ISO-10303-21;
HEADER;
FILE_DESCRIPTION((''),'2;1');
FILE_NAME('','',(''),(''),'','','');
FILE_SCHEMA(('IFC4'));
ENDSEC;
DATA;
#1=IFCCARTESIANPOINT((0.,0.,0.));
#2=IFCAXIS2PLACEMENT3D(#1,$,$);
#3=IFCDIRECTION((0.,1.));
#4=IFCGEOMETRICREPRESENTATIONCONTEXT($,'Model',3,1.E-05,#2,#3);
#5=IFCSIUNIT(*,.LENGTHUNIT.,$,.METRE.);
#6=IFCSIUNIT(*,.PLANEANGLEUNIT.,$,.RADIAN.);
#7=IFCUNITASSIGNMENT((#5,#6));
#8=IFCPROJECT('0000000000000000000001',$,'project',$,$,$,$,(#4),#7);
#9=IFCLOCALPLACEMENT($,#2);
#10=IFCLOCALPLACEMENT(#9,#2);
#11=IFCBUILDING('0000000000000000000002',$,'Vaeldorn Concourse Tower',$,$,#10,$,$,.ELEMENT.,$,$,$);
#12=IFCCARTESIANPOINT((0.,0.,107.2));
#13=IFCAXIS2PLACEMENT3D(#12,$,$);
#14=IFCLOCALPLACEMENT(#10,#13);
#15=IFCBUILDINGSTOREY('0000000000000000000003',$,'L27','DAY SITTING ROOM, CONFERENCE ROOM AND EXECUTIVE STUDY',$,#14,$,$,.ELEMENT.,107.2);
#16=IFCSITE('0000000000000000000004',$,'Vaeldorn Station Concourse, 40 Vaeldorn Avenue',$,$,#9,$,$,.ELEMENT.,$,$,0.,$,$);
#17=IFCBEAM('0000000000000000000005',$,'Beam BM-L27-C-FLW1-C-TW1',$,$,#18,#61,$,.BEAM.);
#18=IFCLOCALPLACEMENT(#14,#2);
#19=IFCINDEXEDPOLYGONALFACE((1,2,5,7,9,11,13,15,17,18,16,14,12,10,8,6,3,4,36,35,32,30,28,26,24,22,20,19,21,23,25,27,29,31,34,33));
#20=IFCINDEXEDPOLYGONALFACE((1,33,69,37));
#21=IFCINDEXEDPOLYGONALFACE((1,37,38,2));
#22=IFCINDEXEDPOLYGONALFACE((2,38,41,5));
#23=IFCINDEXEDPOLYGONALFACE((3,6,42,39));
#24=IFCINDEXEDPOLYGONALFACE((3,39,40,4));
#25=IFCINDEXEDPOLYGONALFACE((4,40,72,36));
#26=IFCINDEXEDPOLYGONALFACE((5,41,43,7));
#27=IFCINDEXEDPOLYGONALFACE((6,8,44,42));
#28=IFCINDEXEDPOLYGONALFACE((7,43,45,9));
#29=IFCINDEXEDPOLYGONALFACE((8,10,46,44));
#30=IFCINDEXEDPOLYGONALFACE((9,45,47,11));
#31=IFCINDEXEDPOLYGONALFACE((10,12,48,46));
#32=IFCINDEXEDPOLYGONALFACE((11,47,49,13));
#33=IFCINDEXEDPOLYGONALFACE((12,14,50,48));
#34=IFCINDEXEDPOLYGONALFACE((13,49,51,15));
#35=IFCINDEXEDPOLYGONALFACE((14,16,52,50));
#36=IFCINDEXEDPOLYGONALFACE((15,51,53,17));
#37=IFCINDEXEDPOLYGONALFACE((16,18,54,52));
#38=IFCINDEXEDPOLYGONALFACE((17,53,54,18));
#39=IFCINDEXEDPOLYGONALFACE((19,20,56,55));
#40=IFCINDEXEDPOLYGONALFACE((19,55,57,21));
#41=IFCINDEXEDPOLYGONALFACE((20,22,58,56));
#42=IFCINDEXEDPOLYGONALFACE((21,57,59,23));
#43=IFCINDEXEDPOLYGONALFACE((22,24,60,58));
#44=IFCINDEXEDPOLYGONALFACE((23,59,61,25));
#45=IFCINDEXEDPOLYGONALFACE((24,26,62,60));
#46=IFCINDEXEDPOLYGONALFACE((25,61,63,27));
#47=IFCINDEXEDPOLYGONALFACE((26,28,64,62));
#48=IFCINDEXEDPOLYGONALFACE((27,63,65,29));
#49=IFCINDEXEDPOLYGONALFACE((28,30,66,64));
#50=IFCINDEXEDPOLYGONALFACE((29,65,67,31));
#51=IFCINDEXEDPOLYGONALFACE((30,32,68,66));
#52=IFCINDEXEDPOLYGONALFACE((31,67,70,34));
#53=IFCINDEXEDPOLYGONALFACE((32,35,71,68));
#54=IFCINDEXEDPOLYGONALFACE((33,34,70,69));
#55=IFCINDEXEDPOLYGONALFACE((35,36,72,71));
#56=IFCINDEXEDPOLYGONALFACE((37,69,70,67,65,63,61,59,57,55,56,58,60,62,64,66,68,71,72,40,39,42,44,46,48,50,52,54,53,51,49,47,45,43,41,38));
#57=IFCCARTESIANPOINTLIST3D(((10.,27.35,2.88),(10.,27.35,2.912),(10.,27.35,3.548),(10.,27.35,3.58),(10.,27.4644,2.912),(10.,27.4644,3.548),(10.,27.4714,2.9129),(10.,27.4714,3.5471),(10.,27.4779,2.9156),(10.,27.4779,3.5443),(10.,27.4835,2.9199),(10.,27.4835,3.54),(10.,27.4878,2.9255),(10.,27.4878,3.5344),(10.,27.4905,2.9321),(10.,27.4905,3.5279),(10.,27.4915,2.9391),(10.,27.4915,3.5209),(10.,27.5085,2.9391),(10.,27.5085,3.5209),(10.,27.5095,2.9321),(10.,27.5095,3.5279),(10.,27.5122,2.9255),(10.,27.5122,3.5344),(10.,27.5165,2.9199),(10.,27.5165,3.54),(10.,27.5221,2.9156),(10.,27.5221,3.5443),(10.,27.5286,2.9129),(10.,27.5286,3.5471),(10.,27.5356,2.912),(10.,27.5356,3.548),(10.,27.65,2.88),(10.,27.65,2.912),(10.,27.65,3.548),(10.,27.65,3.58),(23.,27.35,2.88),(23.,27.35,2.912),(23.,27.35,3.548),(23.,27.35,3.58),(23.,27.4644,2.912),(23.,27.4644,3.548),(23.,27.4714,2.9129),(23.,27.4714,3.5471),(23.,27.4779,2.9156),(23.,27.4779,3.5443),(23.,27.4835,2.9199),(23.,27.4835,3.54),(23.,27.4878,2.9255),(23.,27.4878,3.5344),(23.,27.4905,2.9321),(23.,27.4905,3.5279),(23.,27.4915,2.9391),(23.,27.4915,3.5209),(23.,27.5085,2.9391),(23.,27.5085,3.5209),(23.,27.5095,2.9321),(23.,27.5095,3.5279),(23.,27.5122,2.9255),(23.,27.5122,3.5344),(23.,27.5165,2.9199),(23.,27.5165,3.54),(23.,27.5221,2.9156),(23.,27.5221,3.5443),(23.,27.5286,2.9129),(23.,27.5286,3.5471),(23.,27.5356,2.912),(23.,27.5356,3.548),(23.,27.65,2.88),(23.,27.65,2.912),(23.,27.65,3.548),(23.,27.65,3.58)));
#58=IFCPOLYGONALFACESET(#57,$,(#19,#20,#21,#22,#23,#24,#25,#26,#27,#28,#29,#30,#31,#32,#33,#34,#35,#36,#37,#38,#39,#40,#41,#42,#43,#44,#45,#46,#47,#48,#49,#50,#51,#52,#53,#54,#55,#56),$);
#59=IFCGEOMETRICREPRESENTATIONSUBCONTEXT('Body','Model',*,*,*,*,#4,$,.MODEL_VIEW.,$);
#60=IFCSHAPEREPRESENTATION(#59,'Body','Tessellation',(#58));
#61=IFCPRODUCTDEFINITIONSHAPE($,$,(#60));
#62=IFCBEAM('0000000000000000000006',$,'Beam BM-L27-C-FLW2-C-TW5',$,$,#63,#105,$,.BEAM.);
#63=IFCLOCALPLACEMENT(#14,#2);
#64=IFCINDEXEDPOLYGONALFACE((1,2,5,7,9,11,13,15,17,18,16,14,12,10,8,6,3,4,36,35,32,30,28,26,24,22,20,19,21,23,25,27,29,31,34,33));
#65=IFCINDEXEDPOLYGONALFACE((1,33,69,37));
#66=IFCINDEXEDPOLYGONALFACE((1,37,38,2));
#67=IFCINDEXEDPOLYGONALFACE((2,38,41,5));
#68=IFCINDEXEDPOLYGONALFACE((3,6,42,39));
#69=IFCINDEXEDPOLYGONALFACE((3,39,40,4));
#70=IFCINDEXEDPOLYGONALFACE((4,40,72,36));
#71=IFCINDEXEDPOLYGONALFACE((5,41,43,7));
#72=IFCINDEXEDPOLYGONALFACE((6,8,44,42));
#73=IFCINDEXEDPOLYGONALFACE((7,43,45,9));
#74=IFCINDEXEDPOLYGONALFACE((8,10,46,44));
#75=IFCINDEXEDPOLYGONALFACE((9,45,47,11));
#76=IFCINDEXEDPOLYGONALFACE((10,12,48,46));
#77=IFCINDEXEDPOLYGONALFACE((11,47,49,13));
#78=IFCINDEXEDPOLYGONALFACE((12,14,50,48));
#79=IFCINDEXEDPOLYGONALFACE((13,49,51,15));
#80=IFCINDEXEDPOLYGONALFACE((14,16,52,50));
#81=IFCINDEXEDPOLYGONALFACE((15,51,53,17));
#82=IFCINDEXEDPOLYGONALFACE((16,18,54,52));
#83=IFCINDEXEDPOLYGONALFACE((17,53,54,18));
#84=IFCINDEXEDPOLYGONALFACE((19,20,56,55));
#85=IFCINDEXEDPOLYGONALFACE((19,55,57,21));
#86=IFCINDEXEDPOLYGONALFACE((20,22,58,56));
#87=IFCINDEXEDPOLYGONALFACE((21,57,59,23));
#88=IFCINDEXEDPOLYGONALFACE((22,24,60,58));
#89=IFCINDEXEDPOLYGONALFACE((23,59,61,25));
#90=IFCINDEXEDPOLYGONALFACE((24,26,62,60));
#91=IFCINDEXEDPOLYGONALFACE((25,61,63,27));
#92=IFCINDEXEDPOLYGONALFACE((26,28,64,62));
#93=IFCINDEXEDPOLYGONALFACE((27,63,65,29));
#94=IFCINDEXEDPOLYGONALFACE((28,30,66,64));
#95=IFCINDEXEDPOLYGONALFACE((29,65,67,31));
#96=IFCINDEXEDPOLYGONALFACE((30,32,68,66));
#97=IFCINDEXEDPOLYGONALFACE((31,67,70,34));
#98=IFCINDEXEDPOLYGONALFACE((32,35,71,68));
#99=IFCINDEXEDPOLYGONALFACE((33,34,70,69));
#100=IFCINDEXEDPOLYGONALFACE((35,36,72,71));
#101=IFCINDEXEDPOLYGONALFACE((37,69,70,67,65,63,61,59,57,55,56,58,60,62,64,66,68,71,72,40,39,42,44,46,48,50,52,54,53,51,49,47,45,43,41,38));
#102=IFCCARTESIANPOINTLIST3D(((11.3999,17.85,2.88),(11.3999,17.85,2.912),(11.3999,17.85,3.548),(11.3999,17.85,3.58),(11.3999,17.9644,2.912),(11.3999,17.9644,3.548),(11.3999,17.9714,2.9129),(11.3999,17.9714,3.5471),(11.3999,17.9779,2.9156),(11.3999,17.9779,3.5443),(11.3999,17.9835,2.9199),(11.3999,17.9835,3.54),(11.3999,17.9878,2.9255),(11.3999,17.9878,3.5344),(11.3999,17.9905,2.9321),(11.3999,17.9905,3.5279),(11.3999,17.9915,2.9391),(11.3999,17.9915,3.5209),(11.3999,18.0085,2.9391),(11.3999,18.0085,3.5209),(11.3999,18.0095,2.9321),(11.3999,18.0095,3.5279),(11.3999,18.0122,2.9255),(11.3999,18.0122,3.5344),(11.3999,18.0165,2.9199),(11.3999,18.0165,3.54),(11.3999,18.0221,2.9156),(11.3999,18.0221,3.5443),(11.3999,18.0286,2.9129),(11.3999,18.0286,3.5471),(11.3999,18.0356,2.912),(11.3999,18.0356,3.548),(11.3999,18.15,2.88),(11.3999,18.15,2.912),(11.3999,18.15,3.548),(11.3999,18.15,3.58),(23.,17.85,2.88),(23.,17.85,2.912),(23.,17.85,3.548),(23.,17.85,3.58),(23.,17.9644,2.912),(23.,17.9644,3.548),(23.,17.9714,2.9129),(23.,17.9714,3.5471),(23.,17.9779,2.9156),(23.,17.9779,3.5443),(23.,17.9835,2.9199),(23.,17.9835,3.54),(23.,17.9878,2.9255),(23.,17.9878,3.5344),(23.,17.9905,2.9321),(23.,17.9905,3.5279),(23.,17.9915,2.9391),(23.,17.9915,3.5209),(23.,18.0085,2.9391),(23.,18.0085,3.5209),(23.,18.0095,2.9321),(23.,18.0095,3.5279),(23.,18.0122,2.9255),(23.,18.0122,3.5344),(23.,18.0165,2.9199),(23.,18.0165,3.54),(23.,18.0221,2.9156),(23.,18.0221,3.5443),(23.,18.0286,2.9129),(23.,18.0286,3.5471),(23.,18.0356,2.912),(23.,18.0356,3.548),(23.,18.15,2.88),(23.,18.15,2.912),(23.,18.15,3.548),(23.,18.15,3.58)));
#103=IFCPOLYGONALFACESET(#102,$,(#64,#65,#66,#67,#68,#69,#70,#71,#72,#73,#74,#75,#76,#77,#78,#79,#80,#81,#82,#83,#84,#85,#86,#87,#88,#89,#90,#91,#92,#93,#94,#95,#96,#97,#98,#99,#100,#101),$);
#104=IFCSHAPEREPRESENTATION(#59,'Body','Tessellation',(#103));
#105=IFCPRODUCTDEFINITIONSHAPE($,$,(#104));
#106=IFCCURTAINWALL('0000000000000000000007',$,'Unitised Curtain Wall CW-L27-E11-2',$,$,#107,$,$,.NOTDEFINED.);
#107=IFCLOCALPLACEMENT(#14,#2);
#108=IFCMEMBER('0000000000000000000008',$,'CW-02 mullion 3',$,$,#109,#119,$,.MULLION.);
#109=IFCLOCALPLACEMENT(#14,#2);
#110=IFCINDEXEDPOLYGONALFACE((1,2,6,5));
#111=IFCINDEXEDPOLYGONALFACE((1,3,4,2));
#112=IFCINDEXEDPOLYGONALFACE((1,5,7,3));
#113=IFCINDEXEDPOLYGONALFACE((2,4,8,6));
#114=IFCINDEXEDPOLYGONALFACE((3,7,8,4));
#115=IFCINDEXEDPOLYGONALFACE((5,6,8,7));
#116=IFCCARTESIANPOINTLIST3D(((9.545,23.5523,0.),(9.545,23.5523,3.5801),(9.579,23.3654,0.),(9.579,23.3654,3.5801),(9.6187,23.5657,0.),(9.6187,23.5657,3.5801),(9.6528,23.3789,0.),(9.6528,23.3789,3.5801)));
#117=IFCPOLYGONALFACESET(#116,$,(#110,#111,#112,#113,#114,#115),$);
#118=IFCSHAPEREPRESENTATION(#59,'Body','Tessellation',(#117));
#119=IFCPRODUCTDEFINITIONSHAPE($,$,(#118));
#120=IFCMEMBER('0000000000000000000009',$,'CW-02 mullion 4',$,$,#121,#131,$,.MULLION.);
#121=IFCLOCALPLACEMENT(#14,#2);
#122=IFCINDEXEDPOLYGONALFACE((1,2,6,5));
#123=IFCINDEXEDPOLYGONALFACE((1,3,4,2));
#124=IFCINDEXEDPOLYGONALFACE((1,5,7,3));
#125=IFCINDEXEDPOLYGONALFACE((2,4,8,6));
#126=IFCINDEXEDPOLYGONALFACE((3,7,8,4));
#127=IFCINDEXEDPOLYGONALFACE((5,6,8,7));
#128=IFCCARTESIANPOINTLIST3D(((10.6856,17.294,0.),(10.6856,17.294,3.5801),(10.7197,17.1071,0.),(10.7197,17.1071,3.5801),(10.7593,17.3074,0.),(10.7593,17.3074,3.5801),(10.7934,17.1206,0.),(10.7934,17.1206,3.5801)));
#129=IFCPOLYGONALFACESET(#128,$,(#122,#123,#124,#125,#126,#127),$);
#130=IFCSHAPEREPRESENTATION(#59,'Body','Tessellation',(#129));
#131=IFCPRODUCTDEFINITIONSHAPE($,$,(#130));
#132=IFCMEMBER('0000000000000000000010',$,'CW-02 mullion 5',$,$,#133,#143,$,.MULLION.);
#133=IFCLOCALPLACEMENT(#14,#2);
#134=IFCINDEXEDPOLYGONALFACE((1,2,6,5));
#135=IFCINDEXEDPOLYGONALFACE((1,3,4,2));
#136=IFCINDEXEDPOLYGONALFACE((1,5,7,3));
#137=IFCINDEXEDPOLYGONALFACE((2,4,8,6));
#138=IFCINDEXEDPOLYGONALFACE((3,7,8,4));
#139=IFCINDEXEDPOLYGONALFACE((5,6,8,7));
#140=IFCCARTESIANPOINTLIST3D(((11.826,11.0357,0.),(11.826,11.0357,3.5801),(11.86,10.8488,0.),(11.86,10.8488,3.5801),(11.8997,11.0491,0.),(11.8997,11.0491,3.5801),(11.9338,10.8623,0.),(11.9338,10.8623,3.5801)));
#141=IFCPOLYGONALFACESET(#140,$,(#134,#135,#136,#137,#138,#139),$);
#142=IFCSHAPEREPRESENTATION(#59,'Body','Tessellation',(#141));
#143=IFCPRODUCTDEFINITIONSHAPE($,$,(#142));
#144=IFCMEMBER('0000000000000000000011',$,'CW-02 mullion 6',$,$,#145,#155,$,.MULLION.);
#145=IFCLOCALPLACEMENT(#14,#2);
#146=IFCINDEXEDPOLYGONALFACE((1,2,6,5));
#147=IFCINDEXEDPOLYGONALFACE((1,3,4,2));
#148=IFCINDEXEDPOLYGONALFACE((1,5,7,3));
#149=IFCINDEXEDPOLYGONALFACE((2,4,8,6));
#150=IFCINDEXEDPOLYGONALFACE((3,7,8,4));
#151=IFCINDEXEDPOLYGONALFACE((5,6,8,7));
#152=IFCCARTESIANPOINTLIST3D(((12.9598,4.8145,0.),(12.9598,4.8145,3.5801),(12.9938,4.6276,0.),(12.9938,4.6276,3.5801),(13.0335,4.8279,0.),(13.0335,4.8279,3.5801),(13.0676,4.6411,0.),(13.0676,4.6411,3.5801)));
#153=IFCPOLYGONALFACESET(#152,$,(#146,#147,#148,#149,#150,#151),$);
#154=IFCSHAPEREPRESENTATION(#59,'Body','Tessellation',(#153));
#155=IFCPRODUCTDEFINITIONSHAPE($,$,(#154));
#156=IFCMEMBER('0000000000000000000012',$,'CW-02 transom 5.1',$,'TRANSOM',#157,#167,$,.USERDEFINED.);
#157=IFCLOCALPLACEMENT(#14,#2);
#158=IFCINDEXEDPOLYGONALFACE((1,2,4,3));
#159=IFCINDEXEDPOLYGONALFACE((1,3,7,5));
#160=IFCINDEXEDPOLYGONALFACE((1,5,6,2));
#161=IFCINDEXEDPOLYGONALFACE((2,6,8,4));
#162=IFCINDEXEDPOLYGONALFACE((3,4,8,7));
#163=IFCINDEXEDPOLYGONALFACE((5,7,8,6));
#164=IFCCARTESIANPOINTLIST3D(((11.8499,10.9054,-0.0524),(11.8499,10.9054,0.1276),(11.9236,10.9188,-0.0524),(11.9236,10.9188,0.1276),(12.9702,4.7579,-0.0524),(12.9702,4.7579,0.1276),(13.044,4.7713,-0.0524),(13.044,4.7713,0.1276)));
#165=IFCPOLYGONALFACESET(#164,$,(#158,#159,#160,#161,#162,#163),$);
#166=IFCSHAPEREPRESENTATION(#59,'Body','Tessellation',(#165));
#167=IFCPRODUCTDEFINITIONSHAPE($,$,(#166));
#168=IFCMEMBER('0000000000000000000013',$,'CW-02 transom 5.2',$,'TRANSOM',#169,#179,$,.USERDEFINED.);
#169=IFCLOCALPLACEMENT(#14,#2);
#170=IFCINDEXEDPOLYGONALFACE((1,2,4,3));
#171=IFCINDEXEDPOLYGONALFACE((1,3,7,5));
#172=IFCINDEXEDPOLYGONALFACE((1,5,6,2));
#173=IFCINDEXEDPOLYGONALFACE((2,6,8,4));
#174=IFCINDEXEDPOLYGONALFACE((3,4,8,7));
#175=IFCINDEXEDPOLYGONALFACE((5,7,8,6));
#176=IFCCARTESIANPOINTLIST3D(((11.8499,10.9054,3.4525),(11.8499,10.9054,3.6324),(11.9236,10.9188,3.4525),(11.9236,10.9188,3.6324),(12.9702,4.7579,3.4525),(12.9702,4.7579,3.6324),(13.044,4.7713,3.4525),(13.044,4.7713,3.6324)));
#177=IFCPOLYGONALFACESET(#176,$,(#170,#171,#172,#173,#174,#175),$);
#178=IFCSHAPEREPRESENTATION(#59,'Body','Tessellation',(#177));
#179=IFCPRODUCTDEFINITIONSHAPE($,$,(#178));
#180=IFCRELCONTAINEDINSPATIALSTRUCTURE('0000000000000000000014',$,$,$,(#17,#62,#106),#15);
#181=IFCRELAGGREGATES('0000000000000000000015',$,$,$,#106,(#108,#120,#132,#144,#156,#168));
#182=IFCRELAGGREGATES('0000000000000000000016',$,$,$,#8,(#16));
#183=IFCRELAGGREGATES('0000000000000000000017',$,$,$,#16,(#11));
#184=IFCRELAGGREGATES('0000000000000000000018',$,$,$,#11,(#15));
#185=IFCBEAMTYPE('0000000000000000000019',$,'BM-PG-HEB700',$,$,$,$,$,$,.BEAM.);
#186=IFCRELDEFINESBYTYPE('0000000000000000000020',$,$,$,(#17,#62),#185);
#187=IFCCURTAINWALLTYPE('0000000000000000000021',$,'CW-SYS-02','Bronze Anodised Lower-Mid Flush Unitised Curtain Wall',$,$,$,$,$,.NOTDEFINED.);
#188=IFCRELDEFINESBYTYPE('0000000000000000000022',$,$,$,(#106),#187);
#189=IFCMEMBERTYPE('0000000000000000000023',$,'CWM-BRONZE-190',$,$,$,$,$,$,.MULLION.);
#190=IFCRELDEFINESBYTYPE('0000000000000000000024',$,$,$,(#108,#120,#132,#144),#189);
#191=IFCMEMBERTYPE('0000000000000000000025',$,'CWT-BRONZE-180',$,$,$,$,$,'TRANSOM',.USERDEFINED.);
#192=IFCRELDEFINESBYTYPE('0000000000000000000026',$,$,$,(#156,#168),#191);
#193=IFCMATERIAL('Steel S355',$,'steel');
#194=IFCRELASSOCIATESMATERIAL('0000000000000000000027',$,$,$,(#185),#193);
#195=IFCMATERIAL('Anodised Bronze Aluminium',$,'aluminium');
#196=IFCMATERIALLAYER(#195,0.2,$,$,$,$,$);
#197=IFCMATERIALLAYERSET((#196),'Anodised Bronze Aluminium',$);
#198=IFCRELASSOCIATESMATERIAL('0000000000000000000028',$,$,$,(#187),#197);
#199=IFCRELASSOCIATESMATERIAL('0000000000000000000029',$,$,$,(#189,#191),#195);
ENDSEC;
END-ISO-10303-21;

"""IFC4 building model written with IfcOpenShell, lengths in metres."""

from ifc_helpers import new_model, si_unit, direction, frame, origin, origin_2d, place, context, subcontext, project, spatial, rectangle, i_section, extrude, source, transform, mapped, material, layer, layer_set, material_profile, profile_set, type_object, element, aggregate, save


model = new_model("IFC4")

# Units and contexts
model_context = context("Model", 3, precision=1e-05, world=origin(), true_north=direction((0.0, 1.0)))
body_context = subcontext(model_context, "Body", "Model", "MODEL_VIEW")
ifc_project = project(units=[si_unit("LENGTHUNIT", "METRE"), si_unit("PLANEANGLEUNIT", "RADIAN")], contexts=[model_context])

# Site, building, storey
site_placement = place(None, origin())
site = spatial("IfcSite", under=ifc_project, at=site_placement, Name="Vaeldorn Station Concourse, 40 Vaeldorn Avenue", CompositionType="ELEMENT", RefElevation=0.0)
building_placement = place(site_placement, origin())
building = spatial("IfcBuilding", under=site, at=building_placement, Name="Vaeldorn Concourse Tower", CompositionType="ELEMENT")
storey_placement = place(building_placement, frame((0.0, 0.0, 107.2)))
storey = spatial("IfcBuildingStorey", under=building, at=storey_placement, Name="L27", Description="DAY SITTING ROOM, CONFERENCE ROOM AND EXECUTIVE STUDY", CompositionType="ELEMENT", Elevation=107.2)

# Beams
ifc_material_1 = material(Name="Steel S355", Category="steel")
ifc_material_profile_1 = material_profile(ifc_material_1, i_section(OverallWidth=0.3, OverallDepth=0.7, WebThickness=0.0171, FlangeThickness=0.032, FilletRadius=0.0271, at=origin_2d()), Name="HEB 700")
ifc_profile_set_1 = profile_set([ifc_material_profile_1], Name="Steel S355")
beam_type_1 = type_object("IfcBeamType", Name="BM-PG-HEB700", PredefinedType="BEAM", material=ifc_profile_set_1)
shared_shape_1 = source(origin(), body_context, "Body", "SweptSolid", [
    extrude(i_section(OverallWidth=0.3, OverallDepth=0.7, WebThickness=0.0171, FlangeThickness=0.032, FilletRadius=0.0271, at=origin_2d()), origin(), (0.0, 0.0, 1.0), 13.0),
])
beam_1_placement = place(storey_placement, frame((10.0, 27.5, 3.23), z_axis=(1.0, 0.0, 0.0), x_axis=(0.0, 1.0, 0.0)))
element("IfcBeam", 1, at=beam_1_placement, inside=storey, type_object=beam_type_1, Name="Beam BM-L27-C-FLW1-C-TW1", PredefinedType="BEAM", context=body_context, shape_type="MappedRepresentation", body=[
    mapped(shared_shape_1, transform((0.0, 0.0, 0.0), scale=1.0)),
])
shared_shape_2 = source(origin(), body_context, "Body", "SweptSolid", [
    extrude(i_section(OverallWidth=0.3, OverallDepth=0.7, WebThickness=0.0171, FlangeThickness=0.032, FilletRadius=0.0271, at=origin_2d()), origin(), (0.0, 0.0, 1.0), 11.6001),
])
beam_2_placement = place(storey_placement, frame((11.3999, 18.0, 3.23), z_axis=(1.0, 0.0, 0.0), x_axis=(0.0, 1.0, 0.0)))
element("IfcBeam", 2, at=beam_2_placement, inside=storey, type_object=beam_type_1, Name="Beam BM-L27-C-FLW2-C-TW5", PredefinedType="BEAM", context=body_context, shape_type="MappedRepresentation", body=[
    mapped(shared_shape_2, transform((0.0, 0.0, 0.0), scale=1.0)),
])

# Curtain wall, members
ifc_material_2 = material(Name="Anodised Bronze Aluminium", Category="aluminium")
ifc_layer_1 = layer(ifc_material_2, 0.2)
ifc_layer_set_1 = layer_set([ifc_layer_1], Name="Anodised Bronze Aluminium")
curtain_wall_type = type_object("IfcCurtainWallType", Name="CW-SYS-02", Description="Bronze Anodised Lower-Mid Flush Unitised Curtain Wall", PredefinedType="NOTDEFINED", material=ifc_layer_set_1)
curtain_wall_placement = place(storey_placement, origin())
curtain_wall = element("IfcCurtainWall", 3, at=curtain_wall_placement, inside=storey, type_object=curtain_wall_type, Name="Unitised Curtain Wall CW-L27-E11-2", PredefinedType="NOTDEFINED")
ifc_material_profile_2 = material_profile(ifc_material_2, rectangle(XDim=0.075, YDim=0.1899, at=origin_2d()), Name="CWM 75x190")
ifc_profile_set_2 = profile_set([ifc_material_profile_2], Name="Anodised Bronze Aluminium")
member_type_1 = type_object("IfcMemberType", Name="CWM-BRONZE-190", PredefinedType="MULLION", material=ifc_profile_set_2)
shared_shape_3 = source(origin(), body_context, "Body", "SweptSolid", [
    extrude(rectangle(XDim=0.075, YDim=0.1899, at=origin_2d()), origin(), (0.0, 0.0, 1.0), 3.5801),
])
member_1_placement = place(storey_placement, frame((9.5989, 23.4656, 0.0), z_axis=(0.0, 0.0, 1.0), x_axis=(0.983796, 0.179293, 0.0)))
member_1 = element("IfcMember", 4, at=member_1_placement, type_object=member_type_1, Name="CW-02 mullion 3", PredefinedType="MULLION", context=body_context, shape_type="MappedRepresentation", body=[
    mapped(shared_shape_3, transform((0.0, 0.0, 0.0), scale=1.0)),
])
member_2_placement = place(storey_placement, frame((10.7395, 17.2073, 0.0), z_axis=(0.0, 0.0, 1.0), x_axis=(0.983796, 0.179293, 0.0)))
member_2 = element("IfcMember", 5, at=member_2_placement, type_object=member_type_1, Name="CW-02 mullion 4", PredefinedType="MULLION", context=body_context, shape_type="MappedRepresentation", body=[
    mapped(shared_shape_3, transform((0.0, 0.0, 0.0), scale=1.0)),
])
member_3_placement = place(storey_placement, frame((11.8799, 10.949, 0.0), z_axis=(0.0, 0.0, 1.0), x_axis=(0.983796, 0.179293, 0.0)))
member_3 = element("IfcMember", 6, at=member_3_placement, type_object=member_type_1, Name="CW-02 mullion 5", PredefinedType="MULLION", context=body_context, shape_type="MappedRepresentation", body=[
    mapped(shared_shape_3, transform((0.0, 0.0, 0.0), scale=1.0)),
])
member_4_placement = place(storey_placement, frame((13.0137, 4.7278, 0.0), z_axis=(0.0, 0.0, 1.0), x_axis=(0.983796, 0.179293, 0.0)))
member_4 = element("IfcMember", 7, at=member_4_placement, type_object=member_type_1, Name="CW-02 mullion 6", PredefinedType="MULLION", context=body_context, shape_type="MappedRepresentation", body=[
    mapped(shared_shape_3, transform((0.0, 0.0, 0.0), scale=1.0)),
])
ifc_material_profile_3 = material_profile(ifc_material_2, rectangle(XDim=0.075, YDim=0.1799, at=origin_2d()), Name="CWT 75x180")
ifc_profile_set_3 = profile_set([ifc_material_profile_3], Name="Anodised Bronze Aluminium")
member_type_2 = type_object("IfcMemberType", Name="CWT-BRONZE-180", ElementType="TRANSOM", PredefinedType="USERDEFINED", material=ifc_profile_set_3)
shared_shape_4 = source(origin(), body_context, "Body", "SweptSolid", [
    extrude(rectangle(XDim=0.075, YDim=0.1799, at=origin_2d()), origin(), (0.0, 0.0, 1.0), 6.2488),
])
member_5_placement = place(storey_placement, frame((11.8867, 10.9121, 0.0376), z_axis=(0.179295, -0.983795, 0.0), x_axis=(0.983795, 0.179295, 0.0)))
member_5 = element("IfcMember", 8, at=member_5_placement, type_object=member_type_2, Name="CW-02 transom 5.1", ObjectType="TRANSOM", PredefinedType="USERDEFINED", context=body_context, shape_type="MappedRepresentation", body=[
    mapped(shared_shape_4, transform((0.0, 0.0, 0.0), scale=1.0)),
])
member_6_placement = place(storey_placement, frame((11.8867, 10.9121, 3.5425), z_axis=(0.179295, -0.983795, 0.0), x_axis=(0.983795, 0.179295, 0.0)))
member_6 = element("IfcMember", 9, at=member_6_placement, type_object=member_type_2, Name="CW-02 transom 5.2", ObjectType="TRANSOM", PredefinedType="USERDEFINED", context=body_context, shape_type="MappedRepresentation", body=[
    mapped(shared_shape_4, transform((0.0, 0.0, 0.0), scale=1.0)),
])
aggregate(curtain_wall, [member_1, member_2, member_3, member_4, member_5, member_6])

save(model, "model.ifc")
